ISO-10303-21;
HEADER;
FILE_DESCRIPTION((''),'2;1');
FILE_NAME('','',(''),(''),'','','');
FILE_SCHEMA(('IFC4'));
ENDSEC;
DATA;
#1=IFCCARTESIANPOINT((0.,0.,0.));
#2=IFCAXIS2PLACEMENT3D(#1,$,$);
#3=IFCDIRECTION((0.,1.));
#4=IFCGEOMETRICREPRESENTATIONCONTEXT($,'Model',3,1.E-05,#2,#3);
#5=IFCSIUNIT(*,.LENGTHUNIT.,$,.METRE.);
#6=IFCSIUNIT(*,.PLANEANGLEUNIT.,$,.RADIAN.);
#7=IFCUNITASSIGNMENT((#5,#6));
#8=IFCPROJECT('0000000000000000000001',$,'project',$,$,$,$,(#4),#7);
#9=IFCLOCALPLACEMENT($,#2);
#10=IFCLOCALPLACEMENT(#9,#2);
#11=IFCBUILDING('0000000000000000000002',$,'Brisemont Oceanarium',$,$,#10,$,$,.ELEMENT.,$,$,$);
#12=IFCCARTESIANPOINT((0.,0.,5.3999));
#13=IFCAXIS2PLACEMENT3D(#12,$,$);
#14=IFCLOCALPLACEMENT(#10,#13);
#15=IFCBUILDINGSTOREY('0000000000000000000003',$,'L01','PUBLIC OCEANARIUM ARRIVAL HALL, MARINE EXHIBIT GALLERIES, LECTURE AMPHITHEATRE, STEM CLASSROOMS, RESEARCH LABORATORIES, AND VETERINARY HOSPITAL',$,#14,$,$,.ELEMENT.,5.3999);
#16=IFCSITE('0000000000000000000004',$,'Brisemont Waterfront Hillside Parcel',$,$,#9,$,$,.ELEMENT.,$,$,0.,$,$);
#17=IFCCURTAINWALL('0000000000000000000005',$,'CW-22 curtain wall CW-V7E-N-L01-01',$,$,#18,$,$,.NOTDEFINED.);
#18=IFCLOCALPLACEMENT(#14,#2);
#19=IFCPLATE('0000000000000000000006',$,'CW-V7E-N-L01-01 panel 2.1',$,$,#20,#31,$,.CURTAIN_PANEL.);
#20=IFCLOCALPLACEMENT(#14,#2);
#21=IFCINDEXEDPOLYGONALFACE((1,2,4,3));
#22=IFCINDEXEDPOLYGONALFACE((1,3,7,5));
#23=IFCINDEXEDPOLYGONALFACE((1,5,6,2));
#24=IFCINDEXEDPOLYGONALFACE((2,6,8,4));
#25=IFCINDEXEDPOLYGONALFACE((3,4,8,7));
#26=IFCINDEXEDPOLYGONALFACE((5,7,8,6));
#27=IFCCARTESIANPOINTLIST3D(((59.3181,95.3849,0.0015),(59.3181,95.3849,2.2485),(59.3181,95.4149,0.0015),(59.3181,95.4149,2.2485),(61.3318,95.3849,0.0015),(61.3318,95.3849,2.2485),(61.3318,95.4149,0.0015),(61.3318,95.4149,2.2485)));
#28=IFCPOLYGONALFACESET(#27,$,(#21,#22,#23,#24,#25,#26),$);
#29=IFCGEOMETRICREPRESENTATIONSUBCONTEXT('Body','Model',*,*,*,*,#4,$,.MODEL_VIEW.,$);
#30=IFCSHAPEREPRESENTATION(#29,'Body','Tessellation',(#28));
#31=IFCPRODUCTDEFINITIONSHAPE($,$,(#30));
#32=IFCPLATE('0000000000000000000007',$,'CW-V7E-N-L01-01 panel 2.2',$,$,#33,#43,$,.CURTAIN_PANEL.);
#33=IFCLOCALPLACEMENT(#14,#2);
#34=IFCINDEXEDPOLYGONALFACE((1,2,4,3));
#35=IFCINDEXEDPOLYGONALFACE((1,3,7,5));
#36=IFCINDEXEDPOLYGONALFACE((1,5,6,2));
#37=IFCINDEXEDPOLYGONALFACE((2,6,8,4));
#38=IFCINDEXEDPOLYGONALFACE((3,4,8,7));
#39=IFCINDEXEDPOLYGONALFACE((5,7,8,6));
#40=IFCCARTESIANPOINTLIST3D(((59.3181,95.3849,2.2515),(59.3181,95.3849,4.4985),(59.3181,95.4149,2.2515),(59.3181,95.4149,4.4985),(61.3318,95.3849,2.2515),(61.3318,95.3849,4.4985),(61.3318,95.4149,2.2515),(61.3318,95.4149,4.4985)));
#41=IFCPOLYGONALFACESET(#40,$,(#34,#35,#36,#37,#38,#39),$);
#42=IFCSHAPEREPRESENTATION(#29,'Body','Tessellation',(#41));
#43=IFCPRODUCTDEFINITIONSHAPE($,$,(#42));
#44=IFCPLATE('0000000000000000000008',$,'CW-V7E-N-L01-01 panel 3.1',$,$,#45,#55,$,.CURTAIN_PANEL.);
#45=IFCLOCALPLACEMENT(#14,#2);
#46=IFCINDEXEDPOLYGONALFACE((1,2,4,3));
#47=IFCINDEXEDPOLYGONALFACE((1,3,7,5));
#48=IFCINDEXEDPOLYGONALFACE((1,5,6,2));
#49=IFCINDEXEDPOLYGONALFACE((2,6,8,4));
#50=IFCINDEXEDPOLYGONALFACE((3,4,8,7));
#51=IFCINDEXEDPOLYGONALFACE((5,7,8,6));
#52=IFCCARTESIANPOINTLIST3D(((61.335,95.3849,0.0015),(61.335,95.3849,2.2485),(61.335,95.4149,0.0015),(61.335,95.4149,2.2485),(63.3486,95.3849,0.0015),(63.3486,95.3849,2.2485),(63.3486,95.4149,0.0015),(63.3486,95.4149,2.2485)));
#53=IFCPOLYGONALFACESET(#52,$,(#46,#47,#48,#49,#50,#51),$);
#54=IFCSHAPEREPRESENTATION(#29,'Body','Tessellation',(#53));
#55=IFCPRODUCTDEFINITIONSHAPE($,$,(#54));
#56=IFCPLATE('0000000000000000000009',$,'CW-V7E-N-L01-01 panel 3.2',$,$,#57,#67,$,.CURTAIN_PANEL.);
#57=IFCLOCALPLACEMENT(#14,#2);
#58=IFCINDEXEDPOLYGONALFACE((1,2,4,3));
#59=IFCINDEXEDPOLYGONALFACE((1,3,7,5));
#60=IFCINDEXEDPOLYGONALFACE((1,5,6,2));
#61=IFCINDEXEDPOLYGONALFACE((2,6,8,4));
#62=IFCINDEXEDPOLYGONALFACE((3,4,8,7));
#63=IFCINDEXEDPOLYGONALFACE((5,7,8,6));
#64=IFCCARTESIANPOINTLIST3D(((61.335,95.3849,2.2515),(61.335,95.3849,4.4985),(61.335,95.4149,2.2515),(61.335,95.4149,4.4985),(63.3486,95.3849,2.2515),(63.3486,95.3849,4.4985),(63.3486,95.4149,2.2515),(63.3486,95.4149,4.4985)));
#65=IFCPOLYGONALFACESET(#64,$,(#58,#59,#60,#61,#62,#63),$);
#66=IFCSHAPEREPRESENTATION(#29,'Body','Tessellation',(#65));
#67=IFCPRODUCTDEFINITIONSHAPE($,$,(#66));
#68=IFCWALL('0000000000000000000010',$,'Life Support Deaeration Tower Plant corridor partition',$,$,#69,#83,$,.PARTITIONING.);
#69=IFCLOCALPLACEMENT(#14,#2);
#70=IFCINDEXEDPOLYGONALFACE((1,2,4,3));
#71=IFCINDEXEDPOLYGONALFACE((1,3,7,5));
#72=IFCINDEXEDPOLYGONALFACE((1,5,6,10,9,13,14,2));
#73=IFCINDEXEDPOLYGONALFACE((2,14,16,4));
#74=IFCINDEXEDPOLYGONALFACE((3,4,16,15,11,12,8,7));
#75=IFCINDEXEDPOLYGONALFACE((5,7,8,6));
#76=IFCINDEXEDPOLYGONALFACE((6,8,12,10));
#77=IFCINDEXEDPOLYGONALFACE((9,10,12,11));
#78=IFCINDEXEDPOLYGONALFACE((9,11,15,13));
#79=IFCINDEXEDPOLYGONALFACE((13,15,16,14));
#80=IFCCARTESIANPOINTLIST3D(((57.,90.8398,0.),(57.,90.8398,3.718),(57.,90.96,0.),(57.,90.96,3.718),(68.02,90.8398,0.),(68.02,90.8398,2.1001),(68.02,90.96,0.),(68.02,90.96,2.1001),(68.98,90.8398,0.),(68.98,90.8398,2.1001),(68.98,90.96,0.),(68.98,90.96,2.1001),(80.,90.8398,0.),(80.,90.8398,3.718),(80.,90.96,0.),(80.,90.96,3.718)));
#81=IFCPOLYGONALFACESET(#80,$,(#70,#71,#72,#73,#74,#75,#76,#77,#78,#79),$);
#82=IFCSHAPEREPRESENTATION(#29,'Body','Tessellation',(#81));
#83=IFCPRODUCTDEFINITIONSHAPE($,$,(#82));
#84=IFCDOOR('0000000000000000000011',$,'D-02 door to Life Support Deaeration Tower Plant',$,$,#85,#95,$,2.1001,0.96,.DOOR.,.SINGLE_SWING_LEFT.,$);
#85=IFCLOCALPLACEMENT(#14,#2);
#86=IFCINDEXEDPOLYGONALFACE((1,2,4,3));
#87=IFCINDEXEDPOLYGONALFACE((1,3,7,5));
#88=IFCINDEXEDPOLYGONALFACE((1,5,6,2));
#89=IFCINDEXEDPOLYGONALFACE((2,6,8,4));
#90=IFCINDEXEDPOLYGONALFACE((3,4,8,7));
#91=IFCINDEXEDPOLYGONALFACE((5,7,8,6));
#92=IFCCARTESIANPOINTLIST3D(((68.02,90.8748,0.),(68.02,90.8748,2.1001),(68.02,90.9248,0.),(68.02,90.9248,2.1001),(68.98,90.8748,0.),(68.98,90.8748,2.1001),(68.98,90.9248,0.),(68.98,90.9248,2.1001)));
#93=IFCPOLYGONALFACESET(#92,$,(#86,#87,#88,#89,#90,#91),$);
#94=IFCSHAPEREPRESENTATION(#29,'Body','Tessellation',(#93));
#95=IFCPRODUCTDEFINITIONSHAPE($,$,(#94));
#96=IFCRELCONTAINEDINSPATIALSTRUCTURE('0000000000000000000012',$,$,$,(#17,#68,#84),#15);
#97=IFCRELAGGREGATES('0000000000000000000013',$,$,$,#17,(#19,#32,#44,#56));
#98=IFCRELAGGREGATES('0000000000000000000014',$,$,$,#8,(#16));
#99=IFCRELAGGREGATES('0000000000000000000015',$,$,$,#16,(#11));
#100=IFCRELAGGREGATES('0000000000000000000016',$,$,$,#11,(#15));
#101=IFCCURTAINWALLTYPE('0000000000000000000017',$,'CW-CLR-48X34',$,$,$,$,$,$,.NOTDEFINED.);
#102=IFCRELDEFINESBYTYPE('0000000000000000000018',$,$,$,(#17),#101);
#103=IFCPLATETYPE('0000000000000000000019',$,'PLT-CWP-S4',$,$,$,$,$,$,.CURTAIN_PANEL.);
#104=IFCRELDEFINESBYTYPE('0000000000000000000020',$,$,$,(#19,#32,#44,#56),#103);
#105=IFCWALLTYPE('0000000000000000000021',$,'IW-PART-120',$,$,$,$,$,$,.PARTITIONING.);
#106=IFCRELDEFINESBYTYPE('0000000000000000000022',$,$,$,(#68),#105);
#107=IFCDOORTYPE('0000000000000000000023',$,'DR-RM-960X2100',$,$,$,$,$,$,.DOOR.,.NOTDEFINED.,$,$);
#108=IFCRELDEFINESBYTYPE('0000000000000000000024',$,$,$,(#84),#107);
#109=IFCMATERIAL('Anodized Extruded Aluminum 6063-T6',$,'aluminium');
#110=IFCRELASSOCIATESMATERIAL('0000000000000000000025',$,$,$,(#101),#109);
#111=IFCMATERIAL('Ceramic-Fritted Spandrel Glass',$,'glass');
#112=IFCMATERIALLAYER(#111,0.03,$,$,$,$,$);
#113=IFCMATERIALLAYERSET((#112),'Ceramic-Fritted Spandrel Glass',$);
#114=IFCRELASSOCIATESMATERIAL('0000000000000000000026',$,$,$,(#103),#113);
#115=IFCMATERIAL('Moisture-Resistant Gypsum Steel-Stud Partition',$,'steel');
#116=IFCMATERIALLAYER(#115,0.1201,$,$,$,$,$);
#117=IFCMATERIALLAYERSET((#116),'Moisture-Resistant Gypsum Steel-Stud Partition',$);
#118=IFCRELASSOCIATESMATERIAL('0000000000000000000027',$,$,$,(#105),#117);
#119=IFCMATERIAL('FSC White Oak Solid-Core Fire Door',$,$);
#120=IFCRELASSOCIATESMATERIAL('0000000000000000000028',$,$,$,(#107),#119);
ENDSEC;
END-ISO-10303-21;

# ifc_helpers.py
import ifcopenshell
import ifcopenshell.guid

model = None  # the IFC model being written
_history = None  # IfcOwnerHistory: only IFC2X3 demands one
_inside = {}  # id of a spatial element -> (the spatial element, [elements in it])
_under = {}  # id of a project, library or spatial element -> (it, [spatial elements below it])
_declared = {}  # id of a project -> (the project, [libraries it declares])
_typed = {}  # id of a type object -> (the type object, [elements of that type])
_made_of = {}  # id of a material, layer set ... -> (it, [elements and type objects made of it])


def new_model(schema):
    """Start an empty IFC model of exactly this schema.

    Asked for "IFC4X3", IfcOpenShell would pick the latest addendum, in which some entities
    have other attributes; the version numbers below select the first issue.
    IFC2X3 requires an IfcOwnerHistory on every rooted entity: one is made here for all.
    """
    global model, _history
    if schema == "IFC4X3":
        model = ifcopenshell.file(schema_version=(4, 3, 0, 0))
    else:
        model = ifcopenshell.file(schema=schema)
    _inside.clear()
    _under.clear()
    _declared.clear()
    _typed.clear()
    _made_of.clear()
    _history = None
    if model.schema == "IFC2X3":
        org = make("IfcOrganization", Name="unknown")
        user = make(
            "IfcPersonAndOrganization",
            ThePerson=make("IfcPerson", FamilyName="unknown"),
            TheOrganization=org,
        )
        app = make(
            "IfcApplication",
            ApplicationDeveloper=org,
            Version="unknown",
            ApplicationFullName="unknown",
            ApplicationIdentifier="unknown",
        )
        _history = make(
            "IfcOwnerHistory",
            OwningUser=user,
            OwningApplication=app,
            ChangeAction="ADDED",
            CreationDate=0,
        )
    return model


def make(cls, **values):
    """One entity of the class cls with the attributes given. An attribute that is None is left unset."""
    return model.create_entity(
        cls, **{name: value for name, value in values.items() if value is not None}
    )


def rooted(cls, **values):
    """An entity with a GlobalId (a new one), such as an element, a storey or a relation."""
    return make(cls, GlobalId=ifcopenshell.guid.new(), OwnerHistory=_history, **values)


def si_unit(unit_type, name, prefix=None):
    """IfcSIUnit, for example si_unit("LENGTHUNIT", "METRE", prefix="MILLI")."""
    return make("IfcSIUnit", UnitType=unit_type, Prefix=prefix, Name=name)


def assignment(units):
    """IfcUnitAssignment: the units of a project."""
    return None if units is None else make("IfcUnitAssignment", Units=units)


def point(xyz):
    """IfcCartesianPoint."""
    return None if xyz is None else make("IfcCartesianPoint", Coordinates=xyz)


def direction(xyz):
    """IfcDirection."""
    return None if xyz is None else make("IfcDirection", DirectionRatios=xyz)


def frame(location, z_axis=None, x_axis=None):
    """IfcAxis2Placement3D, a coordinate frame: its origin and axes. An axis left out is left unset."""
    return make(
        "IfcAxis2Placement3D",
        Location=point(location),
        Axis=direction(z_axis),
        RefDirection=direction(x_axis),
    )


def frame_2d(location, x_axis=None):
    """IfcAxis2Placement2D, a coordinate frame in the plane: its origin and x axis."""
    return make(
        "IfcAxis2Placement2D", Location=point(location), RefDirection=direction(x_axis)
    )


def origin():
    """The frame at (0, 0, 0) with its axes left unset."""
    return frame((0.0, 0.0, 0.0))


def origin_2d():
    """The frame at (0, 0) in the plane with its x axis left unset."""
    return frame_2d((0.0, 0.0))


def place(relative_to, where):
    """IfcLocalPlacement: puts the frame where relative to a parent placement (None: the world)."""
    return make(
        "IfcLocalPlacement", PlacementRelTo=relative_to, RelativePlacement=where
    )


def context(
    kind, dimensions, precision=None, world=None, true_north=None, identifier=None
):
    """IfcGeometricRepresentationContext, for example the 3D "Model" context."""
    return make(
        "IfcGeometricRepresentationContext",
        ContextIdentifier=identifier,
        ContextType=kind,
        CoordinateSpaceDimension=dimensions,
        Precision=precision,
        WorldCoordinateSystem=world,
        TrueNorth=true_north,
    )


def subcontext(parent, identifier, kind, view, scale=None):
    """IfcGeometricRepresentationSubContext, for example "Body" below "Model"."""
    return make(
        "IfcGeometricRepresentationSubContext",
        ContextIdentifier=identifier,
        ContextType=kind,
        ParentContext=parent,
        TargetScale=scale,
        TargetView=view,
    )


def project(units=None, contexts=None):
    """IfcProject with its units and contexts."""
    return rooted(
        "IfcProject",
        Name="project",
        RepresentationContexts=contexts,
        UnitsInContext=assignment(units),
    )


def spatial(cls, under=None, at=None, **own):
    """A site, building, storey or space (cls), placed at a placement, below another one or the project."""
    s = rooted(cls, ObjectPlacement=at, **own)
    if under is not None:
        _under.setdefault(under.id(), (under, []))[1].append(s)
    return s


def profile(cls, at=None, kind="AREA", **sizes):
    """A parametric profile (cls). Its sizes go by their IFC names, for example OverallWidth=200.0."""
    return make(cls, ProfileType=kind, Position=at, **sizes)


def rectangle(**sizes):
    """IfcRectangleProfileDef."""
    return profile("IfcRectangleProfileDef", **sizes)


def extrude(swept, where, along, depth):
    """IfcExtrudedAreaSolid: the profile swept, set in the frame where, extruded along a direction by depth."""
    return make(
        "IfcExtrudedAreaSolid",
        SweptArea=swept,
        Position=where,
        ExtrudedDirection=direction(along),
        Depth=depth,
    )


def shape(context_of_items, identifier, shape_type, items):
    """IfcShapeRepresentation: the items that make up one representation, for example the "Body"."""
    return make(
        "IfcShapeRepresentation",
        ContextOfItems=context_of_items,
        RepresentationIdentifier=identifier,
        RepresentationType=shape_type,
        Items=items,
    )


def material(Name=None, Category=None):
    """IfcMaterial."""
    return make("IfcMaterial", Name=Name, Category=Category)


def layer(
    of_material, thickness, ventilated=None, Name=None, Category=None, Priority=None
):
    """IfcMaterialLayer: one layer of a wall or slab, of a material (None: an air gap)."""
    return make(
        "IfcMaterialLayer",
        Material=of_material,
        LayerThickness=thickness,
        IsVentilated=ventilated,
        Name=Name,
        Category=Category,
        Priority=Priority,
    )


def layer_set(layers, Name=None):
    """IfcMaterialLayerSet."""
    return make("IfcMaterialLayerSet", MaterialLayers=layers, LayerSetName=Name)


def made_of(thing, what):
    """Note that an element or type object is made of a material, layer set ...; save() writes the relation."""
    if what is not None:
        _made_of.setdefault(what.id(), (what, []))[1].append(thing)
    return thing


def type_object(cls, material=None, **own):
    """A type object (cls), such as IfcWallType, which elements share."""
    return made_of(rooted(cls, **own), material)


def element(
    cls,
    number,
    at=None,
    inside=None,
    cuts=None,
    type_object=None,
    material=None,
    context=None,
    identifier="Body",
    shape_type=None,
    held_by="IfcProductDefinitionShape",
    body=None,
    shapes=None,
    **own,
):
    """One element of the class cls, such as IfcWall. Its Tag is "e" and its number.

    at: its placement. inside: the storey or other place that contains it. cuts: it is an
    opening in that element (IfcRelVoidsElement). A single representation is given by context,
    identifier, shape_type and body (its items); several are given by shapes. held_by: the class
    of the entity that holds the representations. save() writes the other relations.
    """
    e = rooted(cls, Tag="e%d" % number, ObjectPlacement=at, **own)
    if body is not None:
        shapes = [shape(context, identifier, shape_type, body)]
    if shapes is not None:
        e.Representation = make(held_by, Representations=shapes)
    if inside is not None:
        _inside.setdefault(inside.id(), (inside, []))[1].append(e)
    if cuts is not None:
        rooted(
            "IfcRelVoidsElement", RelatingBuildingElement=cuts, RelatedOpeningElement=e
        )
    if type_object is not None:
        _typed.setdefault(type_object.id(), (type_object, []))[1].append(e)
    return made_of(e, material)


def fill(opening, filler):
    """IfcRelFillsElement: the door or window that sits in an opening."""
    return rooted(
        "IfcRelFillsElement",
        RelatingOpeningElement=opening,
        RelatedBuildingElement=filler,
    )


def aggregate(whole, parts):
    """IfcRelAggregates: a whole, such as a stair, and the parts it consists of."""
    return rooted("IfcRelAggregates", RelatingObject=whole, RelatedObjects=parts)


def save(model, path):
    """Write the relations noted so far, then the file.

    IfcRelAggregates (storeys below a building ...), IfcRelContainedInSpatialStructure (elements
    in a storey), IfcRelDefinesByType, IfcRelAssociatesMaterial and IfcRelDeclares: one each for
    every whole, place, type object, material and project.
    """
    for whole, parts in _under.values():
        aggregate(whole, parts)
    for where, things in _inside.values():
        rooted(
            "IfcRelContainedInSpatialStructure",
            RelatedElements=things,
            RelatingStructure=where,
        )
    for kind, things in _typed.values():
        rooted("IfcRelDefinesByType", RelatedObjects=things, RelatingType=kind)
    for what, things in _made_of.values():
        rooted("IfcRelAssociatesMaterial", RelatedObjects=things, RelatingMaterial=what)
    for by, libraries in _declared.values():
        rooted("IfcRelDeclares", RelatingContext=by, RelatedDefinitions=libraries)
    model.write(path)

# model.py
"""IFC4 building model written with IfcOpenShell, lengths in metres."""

from ifc_helpers import new_model, si_unit, direction, frame, frame_2d, origin, origin_2d, place, context, subcontext, project, spatial, rectangle, extrude, material, layer, layer_set, type_object, element, fill, aggregate, save


model = new_model("IFC4")

# Units and contexts
model_context = context("Model", 3, precision=1e-05, world=origin(), true_north=direction((0.0, 1.0)))
body_context = subcontext(model_context, "Body", "Model", "MODEL_VIEW")
ifc_project = project(units=[si_unit("LENGTHUNIT", "METRE"), si_unit("PLANEANGLEUNIT", "RADIAN")], contexts=[model_context])

# Site, building, storey
site_placement = place(None, origin())
site = spatial("IfcSite", under=ifc_project, at=site_placement, Name="Brisemont Waterfront Hillside Parcel", CompositionType="ELEMENT", RefElevation=0.0)
building_placement = place(site_placement, origin())
building = spatial("IfcBuilding", under=site, at=building_placement, Name="Brisemont Oceanarium", CompositionType="ELEMENT")
storey_placement = place(building_placement, frame((0.0, 0.0, 5.3999)))
storey = spatial("IfcBuildingStorey", under=building, at=storey_placement, Name="L01", Description="PUBLIC OCEANARIUM ARRIVAL HALL, MARINE EXHIBIT GALLERIES, LECTURE AMPHITHEATRE, STEM CLASSROOMS, RESEARCH LABORATORIES, AND VETERINARY HOSPITAL", CompositionType="ELEMENT", Elevation=5.3999)

# Curtain wall, plates
ifc_material_1 = material(Name="Anodized Extruded Aluminum 6063-T6", Category="aluminium")
curtain_wall_type = type_object("IfcCurtainWallType", Name="CW-CLR-48X34", PredefinedType="NOTDEFINED", material=ifc_material_1)
curtain_wall_placement = place(storey_placement, origin())
curtain_wall = element("IfcCurtainWall", 1, at=curtain_wall_placement, inside=storey, type_object=curtain_wall_type, Name="CW-22 curtain wall CW-V7E-N-L01-01", PredefinedType="NOTDEFINED")
ifc_material_2 = material(Name="Ceramic-Fritted Spandrel Glass", Category="glass")
ifc_layer_1 = layer(ifc_material_2, 0.03)
ifc_layer_set_1 = layer_set([ifc_layer_1], Name="Ceramic-Fritted Spandrel Glass")
plate_type = type_object("IfcPlateType", Name="PLT-CWP-S4", PredefinedType="CURTAIN_PANEL", material=ifc_layer_set_1)
plate_1_placement = place(storey_placement, frame((60.325, 95.3999, 0.0015), z_axis=(0.0, 0.0, 1.0), x_axis=(1.0, 0.0, 0.0)))
plate_1 = element("IfcPlate", 2, at=plate_1_placement, type_object=plate_type, Name="CW-V7E-N-L01-01 panel 2.1", PredefinedType="CURTAIN_PANEL", context=body_context, shape_type="SweptSolid", body=[
    extrude(rectangle(XDim=2.0137, YDim=0.03, at=origin_2d()), origin(), (0.0, 0.0, 1.0), 2.2471),
])
plate_2_placement = place(storey_placement, frame((60.325, 95.3999, 2.2515), z_axis=(0.0, 0.0, 1.0), x_axis=(1.0, 0.0, 0.0)))
plate_2 = element("IfcPlate", 3, at=plate_2_placement, type_object=plate_type, Name="CW-V7E-N-L01-01 panel 2.2", PredefinedType="CURTAIN_PANEL", context=body_context, shape_type="SweptSolid", body=[
    extrude(rectangle(XDim=2.0137, YDim=0.03, at=origin_2d()), origin(), (0.0, 0.0, 1.0), 2.2471),
])
plate_3_placement = place(storey_placement, frame((62.3418, 95.3999, 0.0015), z_axis=(0.0, 0.0, 1.0), x_axis=(1.0, 0.0, 0.0)))
plate_3 = element("IfcPlate", 4, at=plate_3_placement, type_object=plate_type, Name="CW-V7E-N-L01-01 panel 3.1", PredefinedType="CURTAIN_PANEL", context=body_context, shape_type="SweptSolid", body=[
    extrude(rectangle(XDim=2.0137, YDim=0.03, at=origin_2d()), origin(), (0.0, 0.0, 1.0), 2.2471),
])
plate_4_placement = place(storey_placement, frame((62.3418, 95.3999, 2.2515), z_axis=(0.0, 0.0, 1.0), x_axis=(1.0, 0.0, 0.0)))
plate_4 = element("IfcPlate", 5, at=plate_4_placement, type_object=plate_type, Name="CW-V7E-N-L01-01 panel 3.2", PredefinedType="CURTAIN_PANEL", context=body_context, shape_type="SweptSolid", body=[
    extrude(rectangle(XDim=2.0137, YDim=0.03, at=origin_2d()), origin(), (0.0, 0.0, 1.0), 2.2471),
])
aggregate(curtain_wall, [plate_1, plate_2, plate_3, plate_4])

# Wall, opening, door
ifc_material_3 = material(Name="Moisture-Resistant Gypsum Steel-Stud Partition", Category="steel")
ifc_layer_2 = layer(ifc_material_3, 0.1201)
ifc_layer_set_2 = layer_set([ifc_layer_2], Name="Moisture-Resistant Gypsum Steel-Stud Partition")
wall_type = type_object("IfcWallType", Name="IW-PART-120", PredefinedType="PARTITIONING", material=ifc_layer_set_2)
wall_placement = place(storey_placement, frame((57.0, 90.8999, 0.0), z_axis=(0.0, 0.0, 1.0), x_axis=(1.0, 0.0, 0.0)))
wall = element("IfcWall", 6, at=wall_placement, inside=storey, type_object=wall_type, Name="Life Support Deaeration Tower Plant corridor partition", PredefinedType="PARTITIONING", context=body_context, shape_type="SweptSolid", body=[
    extrude(rectangle(XDim=23.0, YDim=0.1201, at=frame_2d((11.5, 0.0))), origin(), (0.0, 0.0, 1.0), 3.718),
])
opening_placement = place(wall_placement, frame((11.02, 0.0, 0.0)))
opening = element("IfcOpeningElement", 7, at=opening_placement, cuts=wall, PredefinedType="OPENING", context=body_context, shape_type="SweptSolid", body=[
    extrude(rectangle(XDim=0.96, YDim=2.1001, at=frame_2d((0.48, 1.05))), frame((0.0, 0.0701, 0.0), z_axis=(0.0, -1.0, 0.0), x_axis=(1.0, 0.0, 0.0)), (0.0, 0.0, 1.0), 0.1401),
])
ifc_material_4 = material(Name="FSC White Oak Solid-Core Fire Door")
door_type = type_object("IfcDoorType", Name="DR-RM-960X2100", OperationType="NOTDEFINED", PredefinedType="DOOR", material=ifc_material_4)
door_placement = place(opening_placement, origin())
door = element("IfcDoor", 8, at=door_placement, inside=storey, type_object=door_type, Name="D-02 door to Life Support Deaeration Tower Plant", OperationType="SINGLE_SWING_LEFT", OverallHeight=2.1001, OverallWidth=0.96, PredefinedType="DOOR", context=body_context, shape_type="SweptSolid", body=[
    extrude(rectangle(XDim=0.96, YDim=2.1001, at=frame_2d((0.48, 1.05))), frame((0.0, 0.0249, 0.0), z_axis=(0.0, -1.0, 0.0), x_axis=(1.0, 0.0, 0.0)), (0.0, 0.0, 1.0), 0.05),
])
fill(opening, door)

save(model, "model.ifc")
